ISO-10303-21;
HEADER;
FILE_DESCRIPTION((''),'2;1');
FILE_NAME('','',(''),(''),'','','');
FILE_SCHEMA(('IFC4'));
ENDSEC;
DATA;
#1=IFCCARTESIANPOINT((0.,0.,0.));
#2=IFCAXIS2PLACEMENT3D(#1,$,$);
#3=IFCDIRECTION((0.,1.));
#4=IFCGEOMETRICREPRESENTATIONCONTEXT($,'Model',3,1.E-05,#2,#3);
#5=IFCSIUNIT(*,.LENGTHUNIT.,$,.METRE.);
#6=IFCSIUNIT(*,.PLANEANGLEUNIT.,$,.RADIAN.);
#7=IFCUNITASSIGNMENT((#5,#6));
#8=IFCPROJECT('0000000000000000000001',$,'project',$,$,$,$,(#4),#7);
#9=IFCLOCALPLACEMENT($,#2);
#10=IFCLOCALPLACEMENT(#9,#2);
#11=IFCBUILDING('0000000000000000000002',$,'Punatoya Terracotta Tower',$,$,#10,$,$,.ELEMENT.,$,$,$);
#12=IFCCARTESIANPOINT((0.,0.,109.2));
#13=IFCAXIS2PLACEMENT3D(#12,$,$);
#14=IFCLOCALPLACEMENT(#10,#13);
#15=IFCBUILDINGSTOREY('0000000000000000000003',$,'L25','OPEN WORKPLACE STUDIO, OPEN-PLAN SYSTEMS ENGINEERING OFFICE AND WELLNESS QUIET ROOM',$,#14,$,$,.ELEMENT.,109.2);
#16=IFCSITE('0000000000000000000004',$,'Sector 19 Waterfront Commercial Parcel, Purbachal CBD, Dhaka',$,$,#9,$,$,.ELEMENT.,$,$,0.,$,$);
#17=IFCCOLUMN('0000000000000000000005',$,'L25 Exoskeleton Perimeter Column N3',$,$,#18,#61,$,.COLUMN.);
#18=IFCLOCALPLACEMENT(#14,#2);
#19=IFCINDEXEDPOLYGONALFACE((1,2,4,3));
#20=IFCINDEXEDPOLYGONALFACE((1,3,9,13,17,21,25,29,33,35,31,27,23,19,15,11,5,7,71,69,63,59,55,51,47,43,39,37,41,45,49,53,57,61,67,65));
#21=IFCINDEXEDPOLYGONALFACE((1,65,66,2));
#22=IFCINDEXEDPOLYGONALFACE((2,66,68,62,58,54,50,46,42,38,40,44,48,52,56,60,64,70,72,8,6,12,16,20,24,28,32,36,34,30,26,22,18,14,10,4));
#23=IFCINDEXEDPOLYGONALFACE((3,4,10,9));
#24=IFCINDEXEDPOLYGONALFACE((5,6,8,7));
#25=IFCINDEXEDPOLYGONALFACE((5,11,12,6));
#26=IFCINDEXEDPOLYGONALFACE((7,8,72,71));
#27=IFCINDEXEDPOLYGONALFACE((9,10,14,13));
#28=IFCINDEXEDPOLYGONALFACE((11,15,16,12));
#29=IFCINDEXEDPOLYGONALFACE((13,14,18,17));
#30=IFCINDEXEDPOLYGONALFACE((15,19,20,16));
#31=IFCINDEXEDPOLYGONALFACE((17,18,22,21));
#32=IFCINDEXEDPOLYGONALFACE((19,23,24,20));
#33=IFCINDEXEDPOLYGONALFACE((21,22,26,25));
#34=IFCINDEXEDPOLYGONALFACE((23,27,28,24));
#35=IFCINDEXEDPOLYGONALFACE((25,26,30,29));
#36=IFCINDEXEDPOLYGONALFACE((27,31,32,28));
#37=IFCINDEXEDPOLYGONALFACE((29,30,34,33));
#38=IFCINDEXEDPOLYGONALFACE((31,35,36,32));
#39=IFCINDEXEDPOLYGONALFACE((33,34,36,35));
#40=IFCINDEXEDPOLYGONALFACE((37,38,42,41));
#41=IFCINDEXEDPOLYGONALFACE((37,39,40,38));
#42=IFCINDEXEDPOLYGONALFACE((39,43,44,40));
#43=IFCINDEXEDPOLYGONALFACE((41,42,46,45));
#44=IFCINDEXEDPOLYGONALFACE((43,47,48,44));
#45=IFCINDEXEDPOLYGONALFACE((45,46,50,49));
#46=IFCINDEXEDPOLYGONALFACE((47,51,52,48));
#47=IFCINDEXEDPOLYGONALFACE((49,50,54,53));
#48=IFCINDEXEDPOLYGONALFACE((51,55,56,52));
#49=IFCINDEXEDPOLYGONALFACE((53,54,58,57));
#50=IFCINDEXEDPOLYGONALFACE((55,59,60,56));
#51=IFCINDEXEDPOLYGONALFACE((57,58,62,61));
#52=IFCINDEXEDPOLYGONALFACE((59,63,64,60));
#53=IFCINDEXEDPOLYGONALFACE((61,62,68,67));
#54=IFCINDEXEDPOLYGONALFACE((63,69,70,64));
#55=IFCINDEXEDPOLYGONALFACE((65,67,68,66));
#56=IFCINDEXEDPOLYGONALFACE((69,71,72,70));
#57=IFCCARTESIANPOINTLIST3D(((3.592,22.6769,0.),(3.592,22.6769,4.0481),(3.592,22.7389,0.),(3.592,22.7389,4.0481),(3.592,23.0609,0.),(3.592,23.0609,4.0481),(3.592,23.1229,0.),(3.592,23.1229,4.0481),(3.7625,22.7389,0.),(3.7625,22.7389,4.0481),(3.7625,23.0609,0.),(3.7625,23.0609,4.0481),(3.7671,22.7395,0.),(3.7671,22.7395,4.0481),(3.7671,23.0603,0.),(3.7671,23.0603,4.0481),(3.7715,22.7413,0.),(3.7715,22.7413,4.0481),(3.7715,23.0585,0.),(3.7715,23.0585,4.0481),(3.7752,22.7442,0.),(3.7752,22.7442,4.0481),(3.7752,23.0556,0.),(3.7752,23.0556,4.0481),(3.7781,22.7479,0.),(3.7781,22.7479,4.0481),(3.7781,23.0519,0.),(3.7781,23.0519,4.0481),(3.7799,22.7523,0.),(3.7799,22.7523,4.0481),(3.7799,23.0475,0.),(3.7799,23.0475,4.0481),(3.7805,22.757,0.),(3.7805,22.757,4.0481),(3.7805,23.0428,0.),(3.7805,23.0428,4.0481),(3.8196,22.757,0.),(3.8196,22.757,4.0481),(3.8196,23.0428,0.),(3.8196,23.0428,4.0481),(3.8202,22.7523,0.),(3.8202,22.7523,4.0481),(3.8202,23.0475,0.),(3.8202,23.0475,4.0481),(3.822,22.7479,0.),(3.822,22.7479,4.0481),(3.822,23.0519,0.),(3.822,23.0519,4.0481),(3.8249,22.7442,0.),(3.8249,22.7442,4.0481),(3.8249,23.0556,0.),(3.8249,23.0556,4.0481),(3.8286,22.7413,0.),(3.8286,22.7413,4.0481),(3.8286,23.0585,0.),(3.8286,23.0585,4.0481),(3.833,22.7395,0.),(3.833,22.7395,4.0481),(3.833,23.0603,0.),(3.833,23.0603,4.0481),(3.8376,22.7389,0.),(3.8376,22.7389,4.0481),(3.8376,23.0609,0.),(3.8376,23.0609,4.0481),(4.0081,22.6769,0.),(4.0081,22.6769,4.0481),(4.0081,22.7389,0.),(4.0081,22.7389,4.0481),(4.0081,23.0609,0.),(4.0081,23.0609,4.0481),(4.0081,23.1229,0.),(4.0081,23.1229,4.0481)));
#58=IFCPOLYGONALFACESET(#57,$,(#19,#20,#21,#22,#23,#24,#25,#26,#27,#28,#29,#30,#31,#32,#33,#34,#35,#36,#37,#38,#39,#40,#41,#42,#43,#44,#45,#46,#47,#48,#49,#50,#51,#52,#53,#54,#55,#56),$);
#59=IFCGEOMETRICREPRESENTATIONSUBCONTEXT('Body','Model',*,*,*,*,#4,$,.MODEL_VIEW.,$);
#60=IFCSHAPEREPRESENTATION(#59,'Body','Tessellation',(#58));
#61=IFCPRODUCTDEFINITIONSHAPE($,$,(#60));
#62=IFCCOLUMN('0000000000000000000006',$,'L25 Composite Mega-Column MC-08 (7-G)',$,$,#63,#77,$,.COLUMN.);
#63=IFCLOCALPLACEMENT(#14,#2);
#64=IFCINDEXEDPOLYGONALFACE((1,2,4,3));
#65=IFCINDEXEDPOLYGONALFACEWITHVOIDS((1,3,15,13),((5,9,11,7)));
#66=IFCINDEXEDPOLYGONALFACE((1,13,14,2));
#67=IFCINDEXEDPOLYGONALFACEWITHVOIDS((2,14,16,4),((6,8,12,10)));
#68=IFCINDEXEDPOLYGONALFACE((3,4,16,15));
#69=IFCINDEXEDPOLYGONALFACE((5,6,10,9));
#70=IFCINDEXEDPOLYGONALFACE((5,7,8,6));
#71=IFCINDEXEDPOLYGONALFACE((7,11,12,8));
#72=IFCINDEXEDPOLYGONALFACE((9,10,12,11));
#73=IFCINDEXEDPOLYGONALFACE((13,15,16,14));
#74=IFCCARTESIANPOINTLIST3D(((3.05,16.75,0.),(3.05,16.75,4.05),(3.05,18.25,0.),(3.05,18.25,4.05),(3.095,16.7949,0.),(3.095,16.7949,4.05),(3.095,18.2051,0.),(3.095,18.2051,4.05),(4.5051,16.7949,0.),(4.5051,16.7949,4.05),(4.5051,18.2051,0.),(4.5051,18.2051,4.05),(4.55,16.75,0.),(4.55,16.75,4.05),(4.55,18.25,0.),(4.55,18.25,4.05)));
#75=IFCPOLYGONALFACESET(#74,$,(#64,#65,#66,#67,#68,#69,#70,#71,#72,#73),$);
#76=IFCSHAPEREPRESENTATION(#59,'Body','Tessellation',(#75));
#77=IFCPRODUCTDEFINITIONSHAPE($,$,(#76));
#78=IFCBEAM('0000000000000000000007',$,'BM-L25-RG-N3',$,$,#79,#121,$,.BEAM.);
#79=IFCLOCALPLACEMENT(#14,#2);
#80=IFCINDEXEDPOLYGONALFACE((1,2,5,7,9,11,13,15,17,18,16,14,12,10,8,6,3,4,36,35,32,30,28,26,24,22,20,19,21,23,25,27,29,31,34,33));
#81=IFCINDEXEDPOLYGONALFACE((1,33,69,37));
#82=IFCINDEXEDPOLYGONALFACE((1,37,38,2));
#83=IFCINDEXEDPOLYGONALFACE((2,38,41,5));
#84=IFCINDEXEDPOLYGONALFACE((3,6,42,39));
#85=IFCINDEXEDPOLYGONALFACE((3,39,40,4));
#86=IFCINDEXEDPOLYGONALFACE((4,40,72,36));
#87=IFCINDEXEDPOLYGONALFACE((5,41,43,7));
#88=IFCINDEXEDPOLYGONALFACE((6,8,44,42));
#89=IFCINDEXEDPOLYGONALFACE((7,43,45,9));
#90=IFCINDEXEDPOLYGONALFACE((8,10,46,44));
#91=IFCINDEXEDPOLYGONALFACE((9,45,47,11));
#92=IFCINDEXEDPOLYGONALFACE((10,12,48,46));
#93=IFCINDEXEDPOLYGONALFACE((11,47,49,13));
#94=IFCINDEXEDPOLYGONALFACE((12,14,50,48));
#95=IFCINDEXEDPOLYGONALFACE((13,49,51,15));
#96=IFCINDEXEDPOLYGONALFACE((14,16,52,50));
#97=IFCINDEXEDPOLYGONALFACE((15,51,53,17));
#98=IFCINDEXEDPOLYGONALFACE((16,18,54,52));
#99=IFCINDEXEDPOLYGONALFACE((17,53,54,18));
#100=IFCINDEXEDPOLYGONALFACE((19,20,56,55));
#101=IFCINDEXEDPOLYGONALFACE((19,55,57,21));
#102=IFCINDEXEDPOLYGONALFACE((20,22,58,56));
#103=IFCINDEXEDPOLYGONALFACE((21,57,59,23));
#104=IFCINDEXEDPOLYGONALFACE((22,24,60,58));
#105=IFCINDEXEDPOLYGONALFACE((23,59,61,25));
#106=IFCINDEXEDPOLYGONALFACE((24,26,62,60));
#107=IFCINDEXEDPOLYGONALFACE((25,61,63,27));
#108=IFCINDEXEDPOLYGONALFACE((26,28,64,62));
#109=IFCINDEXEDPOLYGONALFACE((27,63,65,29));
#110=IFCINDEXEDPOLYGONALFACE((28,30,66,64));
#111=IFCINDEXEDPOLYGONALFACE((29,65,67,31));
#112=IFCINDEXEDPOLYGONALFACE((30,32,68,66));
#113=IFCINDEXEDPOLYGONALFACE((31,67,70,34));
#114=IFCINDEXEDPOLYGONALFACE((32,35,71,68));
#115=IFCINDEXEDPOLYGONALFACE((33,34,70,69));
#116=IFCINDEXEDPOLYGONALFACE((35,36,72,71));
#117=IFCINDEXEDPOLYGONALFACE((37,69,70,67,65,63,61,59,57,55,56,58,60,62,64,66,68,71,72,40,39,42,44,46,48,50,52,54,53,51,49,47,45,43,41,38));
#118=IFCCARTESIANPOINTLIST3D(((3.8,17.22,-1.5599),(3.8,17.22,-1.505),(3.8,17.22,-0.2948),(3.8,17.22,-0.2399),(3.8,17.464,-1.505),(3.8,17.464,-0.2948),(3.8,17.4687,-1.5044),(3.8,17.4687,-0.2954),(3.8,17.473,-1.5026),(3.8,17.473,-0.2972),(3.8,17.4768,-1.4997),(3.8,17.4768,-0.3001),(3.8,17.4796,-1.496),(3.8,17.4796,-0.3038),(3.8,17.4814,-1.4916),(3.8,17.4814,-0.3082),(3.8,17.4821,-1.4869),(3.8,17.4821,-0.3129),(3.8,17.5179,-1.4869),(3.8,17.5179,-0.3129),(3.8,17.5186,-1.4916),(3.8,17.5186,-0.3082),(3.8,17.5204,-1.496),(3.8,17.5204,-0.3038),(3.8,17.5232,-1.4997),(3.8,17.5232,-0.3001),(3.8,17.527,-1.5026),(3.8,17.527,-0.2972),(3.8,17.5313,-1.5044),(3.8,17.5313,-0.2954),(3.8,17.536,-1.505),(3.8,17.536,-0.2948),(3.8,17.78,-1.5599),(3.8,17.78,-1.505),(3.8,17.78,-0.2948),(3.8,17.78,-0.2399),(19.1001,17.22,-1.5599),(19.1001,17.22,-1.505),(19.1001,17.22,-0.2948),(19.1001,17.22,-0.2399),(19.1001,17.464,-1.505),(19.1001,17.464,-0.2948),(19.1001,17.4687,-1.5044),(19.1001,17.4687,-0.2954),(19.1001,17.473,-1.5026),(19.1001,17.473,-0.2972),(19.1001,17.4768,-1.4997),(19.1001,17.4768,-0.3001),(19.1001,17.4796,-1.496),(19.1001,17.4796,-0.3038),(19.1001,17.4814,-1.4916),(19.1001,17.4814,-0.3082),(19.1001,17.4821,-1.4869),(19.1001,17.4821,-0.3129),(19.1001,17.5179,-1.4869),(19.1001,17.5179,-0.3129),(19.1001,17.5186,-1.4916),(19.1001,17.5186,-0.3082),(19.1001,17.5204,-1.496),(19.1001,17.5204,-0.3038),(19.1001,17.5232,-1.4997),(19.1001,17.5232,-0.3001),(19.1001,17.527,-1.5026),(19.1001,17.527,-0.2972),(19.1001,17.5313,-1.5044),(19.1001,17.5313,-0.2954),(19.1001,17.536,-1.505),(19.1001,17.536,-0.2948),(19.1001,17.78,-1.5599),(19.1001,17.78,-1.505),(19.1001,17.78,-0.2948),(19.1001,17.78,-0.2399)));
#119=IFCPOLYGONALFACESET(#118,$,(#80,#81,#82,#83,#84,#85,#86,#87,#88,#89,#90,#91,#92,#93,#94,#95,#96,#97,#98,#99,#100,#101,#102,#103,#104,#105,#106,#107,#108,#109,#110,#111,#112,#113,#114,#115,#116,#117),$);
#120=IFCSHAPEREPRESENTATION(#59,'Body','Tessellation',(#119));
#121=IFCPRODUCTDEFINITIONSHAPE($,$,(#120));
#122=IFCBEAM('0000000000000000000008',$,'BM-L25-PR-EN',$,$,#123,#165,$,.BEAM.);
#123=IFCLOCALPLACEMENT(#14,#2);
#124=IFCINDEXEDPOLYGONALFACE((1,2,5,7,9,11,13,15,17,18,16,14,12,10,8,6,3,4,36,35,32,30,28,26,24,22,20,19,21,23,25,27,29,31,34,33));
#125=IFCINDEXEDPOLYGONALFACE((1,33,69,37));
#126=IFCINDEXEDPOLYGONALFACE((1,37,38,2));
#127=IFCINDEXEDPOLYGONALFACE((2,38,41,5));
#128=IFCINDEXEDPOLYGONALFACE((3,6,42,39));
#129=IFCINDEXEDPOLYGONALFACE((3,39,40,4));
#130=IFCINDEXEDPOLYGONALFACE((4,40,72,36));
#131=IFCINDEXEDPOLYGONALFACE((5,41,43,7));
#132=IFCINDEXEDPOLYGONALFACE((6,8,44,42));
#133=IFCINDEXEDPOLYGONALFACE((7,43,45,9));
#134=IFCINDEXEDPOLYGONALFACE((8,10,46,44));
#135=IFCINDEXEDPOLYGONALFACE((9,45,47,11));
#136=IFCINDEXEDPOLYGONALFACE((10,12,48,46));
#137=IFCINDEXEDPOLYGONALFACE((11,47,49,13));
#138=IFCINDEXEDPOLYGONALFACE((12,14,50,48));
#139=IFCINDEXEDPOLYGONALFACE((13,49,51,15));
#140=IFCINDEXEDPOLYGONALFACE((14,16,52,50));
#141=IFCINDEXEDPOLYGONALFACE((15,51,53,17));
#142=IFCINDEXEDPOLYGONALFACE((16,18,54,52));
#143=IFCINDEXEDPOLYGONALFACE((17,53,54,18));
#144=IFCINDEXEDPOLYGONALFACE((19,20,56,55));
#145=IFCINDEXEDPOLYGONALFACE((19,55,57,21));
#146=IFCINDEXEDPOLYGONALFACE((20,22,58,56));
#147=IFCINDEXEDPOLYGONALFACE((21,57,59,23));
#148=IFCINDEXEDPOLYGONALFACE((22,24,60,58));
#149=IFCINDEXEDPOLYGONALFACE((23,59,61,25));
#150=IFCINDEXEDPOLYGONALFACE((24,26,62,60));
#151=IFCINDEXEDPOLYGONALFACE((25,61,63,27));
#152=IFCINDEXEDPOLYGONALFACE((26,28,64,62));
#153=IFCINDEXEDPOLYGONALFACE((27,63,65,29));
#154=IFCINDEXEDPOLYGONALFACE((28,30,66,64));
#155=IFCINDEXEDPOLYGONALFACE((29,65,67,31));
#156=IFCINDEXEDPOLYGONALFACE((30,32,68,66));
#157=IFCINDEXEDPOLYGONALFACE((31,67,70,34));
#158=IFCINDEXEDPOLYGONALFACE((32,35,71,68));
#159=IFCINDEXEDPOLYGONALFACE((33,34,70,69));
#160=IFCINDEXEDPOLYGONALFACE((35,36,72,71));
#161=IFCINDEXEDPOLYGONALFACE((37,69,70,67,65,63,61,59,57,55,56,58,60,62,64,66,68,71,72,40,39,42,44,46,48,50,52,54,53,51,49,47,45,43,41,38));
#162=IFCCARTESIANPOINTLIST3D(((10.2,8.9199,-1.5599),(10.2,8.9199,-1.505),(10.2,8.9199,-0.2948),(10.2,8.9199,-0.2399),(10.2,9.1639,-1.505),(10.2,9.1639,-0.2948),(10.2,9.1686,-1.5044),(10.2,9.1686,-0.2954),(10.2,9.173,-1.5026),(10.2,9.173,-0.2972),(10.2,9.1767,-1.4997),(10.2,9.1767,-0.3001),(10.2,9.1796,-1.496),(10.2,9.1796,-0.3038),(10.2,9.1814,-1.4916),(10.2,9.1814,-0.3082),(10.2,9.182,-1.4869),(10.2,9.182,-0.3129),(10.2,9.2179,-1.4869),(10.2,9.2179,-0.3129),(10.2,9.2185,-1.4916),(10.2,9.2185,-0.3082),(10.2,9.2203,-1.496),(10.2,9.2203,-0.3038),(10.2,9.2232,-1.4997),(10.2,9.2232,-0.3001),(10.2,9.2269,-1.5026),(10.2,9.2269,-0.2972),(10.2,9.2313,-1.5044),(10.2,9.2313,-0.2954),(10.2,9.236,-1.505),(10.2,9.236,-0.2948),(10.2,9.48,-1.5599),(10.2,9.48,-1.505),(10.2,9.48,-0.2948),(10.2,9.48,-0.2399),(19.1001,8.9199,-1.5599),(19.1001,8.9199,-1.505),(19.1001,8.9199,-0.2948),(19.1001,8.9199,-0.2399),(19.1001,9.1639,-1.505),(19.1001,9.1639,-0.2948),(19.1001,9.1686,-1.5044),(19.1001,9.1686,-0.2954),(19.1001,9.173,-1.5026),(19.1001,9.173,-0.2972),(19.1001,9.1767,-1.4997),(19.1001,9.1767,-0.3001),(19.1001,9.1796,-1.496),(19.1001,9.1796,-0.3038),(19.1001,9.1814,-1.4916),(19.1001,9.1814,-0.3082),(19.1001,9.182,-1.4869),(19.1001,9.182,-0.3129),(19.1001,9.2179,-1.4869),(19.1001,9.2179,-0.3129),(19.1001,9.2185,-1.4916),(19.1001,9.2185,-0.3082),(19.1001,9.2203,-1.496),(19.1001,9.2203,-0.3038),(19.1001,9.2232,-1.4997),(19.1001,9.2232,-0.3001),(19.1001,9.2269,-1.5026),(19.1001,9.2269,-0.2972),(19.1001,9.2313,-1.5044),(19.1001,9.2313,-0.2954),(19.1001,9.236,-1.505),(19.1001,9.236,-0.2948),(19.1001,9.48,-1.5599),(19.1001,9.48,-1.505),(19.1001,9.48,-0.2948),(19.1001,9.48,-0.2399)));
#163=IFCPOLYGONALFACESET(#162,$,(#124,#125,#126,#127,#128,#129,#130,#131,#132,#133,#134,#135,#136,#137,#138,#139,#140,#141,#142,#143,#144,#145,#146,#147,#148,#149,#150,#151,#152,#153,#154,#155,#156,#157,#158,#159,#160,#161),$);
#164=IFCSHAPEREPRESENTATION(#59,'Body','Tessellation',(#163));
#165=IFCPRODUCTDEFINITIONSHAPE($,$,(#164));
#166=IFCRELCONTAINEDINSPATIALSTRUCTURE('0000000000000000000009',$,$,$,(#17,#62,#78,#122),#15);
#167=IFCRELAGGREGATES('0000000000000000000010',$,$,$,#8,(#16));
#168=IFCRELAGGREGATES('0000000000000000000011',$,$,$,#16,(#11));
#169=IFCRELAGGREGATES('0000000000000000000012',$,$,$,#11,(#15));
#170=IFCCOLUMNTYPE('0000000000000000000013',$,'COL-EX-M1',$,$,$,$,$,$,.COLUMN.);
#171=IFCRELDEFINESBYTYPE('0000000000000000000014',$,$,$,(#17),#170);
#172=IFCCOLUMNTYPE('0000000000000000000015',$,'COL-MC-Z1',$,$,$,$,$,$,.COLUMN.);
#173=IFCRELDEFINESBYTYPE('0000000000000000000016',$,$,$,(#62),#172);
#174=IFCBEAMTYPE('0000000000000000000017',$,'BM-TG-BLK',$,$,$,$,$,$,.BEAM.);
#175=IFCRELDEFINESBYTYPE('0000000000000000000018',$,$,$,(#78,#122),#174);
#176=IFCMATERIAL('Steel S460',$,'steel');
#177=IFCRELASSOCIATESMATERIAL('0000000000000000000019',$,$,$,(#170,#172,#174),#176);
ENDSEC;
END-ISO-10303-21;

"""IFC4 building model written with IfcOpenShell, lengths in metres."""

from ifc_helpers import new_model, si_unit, direction, frame, origin, origin_2d, place, context, subcontext, project, spatial, hollow_rectangle, i_section, extrude, material, material_profile, profile_set, type_object, element, save


model = new_model("IFC4")

# Units and contexts
model_context = context("Model", 3, precision=1e-05, world=origin(), true_north=direction((0.0, 1.0)))
body_context = subcontext(model_context, "Body", "Model", "MODEL_VIEW")
ifc_project = project(units=[si_unit("LENGTHUNIT", "METRE"), si_unit("PLANEANGLEUNIT", "RADIAN")], contexts=[model_context])

# Site, building, storey
site_placement = place(None, origin())
site = spatial("IfcSite", under=ifc_project, at=site_placement, Name="Sector 19 Waterfront Commercial Parcel, Purbachal CBD, Dhaka", CompositionType="ELEMENT", RefElevation=0.0)
building_placement = place(site_placement, origin())
building = spatial("IfcBuilding", under=site, at=building_placement, Name="Punatoya Terracotta Tower", CompositionType="ELEMENT")
storey_placement = place(building_placement, frame((0.0, 0.0, 109.2)))
storey = spatial("IfcBuildingStorey", under=building, at=storey_placement, Name="L25", Description="OPEN WORKPLACE STUDIO, OPEN-PLAN SYSTEMS ENGINEERING OFFICE AND WELLNESS QUIET ROOM", CompositionType="ELEMENT", Elevation=109.2)

# Columns
ifc_material_1 = material(Name="Steel S460", Category="steel")
ifc_material_profile_1 = material_profile(ifc_material_1, i_section(OverallWidth=0.416, OverallDepth=0.446, WebThickness=0.0391, FlangeThickness=0.062, FilletRadius=0.0181, at=origin_2d()))
ifc_profile_set_1 = profile_set([ifc_material_profile_1], Name="Steel S460")
column_type_1 = type_object("IfcColumnType", Name="COL-EX-M1", PredefinedType="COLUMN", material=ifc_profile_set_1)
column_1_placement = place(storey_placement, frame((3.8, 22.8999, 0.0), z_axis=(0.0, 0.0, 1.0), x_axis=(1.0, 0.0, 0.0)))
element("IfcColumn", 1, at=column_1_placement, inside=storey, type_object=column_type_1, Name="L25 Exoskeleton Perimeter Column N3", PredefinedType="COLUMN", context=body_context, shape_type="SweptSolid", body=[
    extrude(i_section(OverallWidth=0.416, OverallDepth=0.446, WebThickness=0.0391, FlangeThickness=0.062, FilletRadius=0.0181, at=origin_2d()), origin(), (0.0, 0.0, 1.0), 4.0481),
])
ifc_material_profile_2 = material_profile(ifc_material_1, hollow_rectangle(XDim=1.5, YDim=1.5, WallThickness=0.0449, at=origin_2d()))
ifc_profile_set_2 = profile_set([ifc_material_profile_2], Name="Steel S460")
column_type_2 = type_object("IfcColumnType", Name="COL-MC-Z1", PredefinedType="COLUMN", material=ifc_profile_set_2)
column_2_placement = place(storey_placement, frame((3.8, 17.5, 0.0), z_axis=(0.0, 0.0, 1.0), x_axis=(1.0, 0.0, 0.0)))
element("IfcColumn", 2, at=column_2_placement, inside=storey, type_object=column_type_2, Name="L25 Composite Mega-Column MC-08 (7-G)", PredefinedType="COLUMN", context=body_context, shape_type="SweptSolid", body=[
    extrude(hollow_rectangle(XDim=1.5, YDim=1.5, WallThickness=0.0449, at=origin_2d()), origin(), (0.0, 0.0, 1.0), 4.05),
])

# Beams
ifc_material_profile_3 = material_profile(ifc_material_1, i_section(OverallWidth=0.5601, OverallDepth=1.3201, WebThickness=0.0359, FlangeThickness=0.0549, FilletRadius=0.0181, at=origin_2d()))
ifc_profile_set_3 = profile_set([ifc_material_profile_3], Name="Steel S460")
beam_type = type_object("IfcBeamType", Name="BM-TG-BLK", PredefinedType="BEAM", material=ifc_profile_set_3)
beam_1_placement = place(storey_placement, frame((3.8, 17.5, -0.8999), z_axis=(1.0, 0.0, 0.0), x_axis=(0.0, 1.0, 0.0)))
element("IfcBeam", 3, at=beam_1_placement, inside=storey, type_object=beam_type, Name="BM-L25-RG-N3", PredefinedType="BEAM", context=body_context, shape_type="SweptSolid", body=[
    extrude(i_section(OverallWidth=0.5601, OverallDepth=1.3201, WebThickness=0.0359, FlangeThickness=0.0549, FilletRadius=0.0181, at=origin_2d()), origin(), (0.0, 0.0, 1.0), 15.3),
])
beam_2_placement = place(storey_placement, frame((10.2, 9.2, -0.8999), z_axis=(1.0, 0.0, 0.0), x_axis=(0.0, 1.0, 0.0)))
element("IfcBeam", 4, at=beam_2_placement, inside=storey, type_object=beam_type, Name="BM-L25-PR-EN", PredefinedType="BEAM", context=body_context, shape_type="SweptSolid", body=[
    extrude(i_section(OverallWidth=0.5601, OverallDepth=1.3201, WebThickness=0.0359, FlangeThickness=0.0549, FilletRadius=0.0181, at=origin_2d()), origin(), (0.0, 0.0, 1.0), 8.9001),
])

save(model, "model.ifc")
